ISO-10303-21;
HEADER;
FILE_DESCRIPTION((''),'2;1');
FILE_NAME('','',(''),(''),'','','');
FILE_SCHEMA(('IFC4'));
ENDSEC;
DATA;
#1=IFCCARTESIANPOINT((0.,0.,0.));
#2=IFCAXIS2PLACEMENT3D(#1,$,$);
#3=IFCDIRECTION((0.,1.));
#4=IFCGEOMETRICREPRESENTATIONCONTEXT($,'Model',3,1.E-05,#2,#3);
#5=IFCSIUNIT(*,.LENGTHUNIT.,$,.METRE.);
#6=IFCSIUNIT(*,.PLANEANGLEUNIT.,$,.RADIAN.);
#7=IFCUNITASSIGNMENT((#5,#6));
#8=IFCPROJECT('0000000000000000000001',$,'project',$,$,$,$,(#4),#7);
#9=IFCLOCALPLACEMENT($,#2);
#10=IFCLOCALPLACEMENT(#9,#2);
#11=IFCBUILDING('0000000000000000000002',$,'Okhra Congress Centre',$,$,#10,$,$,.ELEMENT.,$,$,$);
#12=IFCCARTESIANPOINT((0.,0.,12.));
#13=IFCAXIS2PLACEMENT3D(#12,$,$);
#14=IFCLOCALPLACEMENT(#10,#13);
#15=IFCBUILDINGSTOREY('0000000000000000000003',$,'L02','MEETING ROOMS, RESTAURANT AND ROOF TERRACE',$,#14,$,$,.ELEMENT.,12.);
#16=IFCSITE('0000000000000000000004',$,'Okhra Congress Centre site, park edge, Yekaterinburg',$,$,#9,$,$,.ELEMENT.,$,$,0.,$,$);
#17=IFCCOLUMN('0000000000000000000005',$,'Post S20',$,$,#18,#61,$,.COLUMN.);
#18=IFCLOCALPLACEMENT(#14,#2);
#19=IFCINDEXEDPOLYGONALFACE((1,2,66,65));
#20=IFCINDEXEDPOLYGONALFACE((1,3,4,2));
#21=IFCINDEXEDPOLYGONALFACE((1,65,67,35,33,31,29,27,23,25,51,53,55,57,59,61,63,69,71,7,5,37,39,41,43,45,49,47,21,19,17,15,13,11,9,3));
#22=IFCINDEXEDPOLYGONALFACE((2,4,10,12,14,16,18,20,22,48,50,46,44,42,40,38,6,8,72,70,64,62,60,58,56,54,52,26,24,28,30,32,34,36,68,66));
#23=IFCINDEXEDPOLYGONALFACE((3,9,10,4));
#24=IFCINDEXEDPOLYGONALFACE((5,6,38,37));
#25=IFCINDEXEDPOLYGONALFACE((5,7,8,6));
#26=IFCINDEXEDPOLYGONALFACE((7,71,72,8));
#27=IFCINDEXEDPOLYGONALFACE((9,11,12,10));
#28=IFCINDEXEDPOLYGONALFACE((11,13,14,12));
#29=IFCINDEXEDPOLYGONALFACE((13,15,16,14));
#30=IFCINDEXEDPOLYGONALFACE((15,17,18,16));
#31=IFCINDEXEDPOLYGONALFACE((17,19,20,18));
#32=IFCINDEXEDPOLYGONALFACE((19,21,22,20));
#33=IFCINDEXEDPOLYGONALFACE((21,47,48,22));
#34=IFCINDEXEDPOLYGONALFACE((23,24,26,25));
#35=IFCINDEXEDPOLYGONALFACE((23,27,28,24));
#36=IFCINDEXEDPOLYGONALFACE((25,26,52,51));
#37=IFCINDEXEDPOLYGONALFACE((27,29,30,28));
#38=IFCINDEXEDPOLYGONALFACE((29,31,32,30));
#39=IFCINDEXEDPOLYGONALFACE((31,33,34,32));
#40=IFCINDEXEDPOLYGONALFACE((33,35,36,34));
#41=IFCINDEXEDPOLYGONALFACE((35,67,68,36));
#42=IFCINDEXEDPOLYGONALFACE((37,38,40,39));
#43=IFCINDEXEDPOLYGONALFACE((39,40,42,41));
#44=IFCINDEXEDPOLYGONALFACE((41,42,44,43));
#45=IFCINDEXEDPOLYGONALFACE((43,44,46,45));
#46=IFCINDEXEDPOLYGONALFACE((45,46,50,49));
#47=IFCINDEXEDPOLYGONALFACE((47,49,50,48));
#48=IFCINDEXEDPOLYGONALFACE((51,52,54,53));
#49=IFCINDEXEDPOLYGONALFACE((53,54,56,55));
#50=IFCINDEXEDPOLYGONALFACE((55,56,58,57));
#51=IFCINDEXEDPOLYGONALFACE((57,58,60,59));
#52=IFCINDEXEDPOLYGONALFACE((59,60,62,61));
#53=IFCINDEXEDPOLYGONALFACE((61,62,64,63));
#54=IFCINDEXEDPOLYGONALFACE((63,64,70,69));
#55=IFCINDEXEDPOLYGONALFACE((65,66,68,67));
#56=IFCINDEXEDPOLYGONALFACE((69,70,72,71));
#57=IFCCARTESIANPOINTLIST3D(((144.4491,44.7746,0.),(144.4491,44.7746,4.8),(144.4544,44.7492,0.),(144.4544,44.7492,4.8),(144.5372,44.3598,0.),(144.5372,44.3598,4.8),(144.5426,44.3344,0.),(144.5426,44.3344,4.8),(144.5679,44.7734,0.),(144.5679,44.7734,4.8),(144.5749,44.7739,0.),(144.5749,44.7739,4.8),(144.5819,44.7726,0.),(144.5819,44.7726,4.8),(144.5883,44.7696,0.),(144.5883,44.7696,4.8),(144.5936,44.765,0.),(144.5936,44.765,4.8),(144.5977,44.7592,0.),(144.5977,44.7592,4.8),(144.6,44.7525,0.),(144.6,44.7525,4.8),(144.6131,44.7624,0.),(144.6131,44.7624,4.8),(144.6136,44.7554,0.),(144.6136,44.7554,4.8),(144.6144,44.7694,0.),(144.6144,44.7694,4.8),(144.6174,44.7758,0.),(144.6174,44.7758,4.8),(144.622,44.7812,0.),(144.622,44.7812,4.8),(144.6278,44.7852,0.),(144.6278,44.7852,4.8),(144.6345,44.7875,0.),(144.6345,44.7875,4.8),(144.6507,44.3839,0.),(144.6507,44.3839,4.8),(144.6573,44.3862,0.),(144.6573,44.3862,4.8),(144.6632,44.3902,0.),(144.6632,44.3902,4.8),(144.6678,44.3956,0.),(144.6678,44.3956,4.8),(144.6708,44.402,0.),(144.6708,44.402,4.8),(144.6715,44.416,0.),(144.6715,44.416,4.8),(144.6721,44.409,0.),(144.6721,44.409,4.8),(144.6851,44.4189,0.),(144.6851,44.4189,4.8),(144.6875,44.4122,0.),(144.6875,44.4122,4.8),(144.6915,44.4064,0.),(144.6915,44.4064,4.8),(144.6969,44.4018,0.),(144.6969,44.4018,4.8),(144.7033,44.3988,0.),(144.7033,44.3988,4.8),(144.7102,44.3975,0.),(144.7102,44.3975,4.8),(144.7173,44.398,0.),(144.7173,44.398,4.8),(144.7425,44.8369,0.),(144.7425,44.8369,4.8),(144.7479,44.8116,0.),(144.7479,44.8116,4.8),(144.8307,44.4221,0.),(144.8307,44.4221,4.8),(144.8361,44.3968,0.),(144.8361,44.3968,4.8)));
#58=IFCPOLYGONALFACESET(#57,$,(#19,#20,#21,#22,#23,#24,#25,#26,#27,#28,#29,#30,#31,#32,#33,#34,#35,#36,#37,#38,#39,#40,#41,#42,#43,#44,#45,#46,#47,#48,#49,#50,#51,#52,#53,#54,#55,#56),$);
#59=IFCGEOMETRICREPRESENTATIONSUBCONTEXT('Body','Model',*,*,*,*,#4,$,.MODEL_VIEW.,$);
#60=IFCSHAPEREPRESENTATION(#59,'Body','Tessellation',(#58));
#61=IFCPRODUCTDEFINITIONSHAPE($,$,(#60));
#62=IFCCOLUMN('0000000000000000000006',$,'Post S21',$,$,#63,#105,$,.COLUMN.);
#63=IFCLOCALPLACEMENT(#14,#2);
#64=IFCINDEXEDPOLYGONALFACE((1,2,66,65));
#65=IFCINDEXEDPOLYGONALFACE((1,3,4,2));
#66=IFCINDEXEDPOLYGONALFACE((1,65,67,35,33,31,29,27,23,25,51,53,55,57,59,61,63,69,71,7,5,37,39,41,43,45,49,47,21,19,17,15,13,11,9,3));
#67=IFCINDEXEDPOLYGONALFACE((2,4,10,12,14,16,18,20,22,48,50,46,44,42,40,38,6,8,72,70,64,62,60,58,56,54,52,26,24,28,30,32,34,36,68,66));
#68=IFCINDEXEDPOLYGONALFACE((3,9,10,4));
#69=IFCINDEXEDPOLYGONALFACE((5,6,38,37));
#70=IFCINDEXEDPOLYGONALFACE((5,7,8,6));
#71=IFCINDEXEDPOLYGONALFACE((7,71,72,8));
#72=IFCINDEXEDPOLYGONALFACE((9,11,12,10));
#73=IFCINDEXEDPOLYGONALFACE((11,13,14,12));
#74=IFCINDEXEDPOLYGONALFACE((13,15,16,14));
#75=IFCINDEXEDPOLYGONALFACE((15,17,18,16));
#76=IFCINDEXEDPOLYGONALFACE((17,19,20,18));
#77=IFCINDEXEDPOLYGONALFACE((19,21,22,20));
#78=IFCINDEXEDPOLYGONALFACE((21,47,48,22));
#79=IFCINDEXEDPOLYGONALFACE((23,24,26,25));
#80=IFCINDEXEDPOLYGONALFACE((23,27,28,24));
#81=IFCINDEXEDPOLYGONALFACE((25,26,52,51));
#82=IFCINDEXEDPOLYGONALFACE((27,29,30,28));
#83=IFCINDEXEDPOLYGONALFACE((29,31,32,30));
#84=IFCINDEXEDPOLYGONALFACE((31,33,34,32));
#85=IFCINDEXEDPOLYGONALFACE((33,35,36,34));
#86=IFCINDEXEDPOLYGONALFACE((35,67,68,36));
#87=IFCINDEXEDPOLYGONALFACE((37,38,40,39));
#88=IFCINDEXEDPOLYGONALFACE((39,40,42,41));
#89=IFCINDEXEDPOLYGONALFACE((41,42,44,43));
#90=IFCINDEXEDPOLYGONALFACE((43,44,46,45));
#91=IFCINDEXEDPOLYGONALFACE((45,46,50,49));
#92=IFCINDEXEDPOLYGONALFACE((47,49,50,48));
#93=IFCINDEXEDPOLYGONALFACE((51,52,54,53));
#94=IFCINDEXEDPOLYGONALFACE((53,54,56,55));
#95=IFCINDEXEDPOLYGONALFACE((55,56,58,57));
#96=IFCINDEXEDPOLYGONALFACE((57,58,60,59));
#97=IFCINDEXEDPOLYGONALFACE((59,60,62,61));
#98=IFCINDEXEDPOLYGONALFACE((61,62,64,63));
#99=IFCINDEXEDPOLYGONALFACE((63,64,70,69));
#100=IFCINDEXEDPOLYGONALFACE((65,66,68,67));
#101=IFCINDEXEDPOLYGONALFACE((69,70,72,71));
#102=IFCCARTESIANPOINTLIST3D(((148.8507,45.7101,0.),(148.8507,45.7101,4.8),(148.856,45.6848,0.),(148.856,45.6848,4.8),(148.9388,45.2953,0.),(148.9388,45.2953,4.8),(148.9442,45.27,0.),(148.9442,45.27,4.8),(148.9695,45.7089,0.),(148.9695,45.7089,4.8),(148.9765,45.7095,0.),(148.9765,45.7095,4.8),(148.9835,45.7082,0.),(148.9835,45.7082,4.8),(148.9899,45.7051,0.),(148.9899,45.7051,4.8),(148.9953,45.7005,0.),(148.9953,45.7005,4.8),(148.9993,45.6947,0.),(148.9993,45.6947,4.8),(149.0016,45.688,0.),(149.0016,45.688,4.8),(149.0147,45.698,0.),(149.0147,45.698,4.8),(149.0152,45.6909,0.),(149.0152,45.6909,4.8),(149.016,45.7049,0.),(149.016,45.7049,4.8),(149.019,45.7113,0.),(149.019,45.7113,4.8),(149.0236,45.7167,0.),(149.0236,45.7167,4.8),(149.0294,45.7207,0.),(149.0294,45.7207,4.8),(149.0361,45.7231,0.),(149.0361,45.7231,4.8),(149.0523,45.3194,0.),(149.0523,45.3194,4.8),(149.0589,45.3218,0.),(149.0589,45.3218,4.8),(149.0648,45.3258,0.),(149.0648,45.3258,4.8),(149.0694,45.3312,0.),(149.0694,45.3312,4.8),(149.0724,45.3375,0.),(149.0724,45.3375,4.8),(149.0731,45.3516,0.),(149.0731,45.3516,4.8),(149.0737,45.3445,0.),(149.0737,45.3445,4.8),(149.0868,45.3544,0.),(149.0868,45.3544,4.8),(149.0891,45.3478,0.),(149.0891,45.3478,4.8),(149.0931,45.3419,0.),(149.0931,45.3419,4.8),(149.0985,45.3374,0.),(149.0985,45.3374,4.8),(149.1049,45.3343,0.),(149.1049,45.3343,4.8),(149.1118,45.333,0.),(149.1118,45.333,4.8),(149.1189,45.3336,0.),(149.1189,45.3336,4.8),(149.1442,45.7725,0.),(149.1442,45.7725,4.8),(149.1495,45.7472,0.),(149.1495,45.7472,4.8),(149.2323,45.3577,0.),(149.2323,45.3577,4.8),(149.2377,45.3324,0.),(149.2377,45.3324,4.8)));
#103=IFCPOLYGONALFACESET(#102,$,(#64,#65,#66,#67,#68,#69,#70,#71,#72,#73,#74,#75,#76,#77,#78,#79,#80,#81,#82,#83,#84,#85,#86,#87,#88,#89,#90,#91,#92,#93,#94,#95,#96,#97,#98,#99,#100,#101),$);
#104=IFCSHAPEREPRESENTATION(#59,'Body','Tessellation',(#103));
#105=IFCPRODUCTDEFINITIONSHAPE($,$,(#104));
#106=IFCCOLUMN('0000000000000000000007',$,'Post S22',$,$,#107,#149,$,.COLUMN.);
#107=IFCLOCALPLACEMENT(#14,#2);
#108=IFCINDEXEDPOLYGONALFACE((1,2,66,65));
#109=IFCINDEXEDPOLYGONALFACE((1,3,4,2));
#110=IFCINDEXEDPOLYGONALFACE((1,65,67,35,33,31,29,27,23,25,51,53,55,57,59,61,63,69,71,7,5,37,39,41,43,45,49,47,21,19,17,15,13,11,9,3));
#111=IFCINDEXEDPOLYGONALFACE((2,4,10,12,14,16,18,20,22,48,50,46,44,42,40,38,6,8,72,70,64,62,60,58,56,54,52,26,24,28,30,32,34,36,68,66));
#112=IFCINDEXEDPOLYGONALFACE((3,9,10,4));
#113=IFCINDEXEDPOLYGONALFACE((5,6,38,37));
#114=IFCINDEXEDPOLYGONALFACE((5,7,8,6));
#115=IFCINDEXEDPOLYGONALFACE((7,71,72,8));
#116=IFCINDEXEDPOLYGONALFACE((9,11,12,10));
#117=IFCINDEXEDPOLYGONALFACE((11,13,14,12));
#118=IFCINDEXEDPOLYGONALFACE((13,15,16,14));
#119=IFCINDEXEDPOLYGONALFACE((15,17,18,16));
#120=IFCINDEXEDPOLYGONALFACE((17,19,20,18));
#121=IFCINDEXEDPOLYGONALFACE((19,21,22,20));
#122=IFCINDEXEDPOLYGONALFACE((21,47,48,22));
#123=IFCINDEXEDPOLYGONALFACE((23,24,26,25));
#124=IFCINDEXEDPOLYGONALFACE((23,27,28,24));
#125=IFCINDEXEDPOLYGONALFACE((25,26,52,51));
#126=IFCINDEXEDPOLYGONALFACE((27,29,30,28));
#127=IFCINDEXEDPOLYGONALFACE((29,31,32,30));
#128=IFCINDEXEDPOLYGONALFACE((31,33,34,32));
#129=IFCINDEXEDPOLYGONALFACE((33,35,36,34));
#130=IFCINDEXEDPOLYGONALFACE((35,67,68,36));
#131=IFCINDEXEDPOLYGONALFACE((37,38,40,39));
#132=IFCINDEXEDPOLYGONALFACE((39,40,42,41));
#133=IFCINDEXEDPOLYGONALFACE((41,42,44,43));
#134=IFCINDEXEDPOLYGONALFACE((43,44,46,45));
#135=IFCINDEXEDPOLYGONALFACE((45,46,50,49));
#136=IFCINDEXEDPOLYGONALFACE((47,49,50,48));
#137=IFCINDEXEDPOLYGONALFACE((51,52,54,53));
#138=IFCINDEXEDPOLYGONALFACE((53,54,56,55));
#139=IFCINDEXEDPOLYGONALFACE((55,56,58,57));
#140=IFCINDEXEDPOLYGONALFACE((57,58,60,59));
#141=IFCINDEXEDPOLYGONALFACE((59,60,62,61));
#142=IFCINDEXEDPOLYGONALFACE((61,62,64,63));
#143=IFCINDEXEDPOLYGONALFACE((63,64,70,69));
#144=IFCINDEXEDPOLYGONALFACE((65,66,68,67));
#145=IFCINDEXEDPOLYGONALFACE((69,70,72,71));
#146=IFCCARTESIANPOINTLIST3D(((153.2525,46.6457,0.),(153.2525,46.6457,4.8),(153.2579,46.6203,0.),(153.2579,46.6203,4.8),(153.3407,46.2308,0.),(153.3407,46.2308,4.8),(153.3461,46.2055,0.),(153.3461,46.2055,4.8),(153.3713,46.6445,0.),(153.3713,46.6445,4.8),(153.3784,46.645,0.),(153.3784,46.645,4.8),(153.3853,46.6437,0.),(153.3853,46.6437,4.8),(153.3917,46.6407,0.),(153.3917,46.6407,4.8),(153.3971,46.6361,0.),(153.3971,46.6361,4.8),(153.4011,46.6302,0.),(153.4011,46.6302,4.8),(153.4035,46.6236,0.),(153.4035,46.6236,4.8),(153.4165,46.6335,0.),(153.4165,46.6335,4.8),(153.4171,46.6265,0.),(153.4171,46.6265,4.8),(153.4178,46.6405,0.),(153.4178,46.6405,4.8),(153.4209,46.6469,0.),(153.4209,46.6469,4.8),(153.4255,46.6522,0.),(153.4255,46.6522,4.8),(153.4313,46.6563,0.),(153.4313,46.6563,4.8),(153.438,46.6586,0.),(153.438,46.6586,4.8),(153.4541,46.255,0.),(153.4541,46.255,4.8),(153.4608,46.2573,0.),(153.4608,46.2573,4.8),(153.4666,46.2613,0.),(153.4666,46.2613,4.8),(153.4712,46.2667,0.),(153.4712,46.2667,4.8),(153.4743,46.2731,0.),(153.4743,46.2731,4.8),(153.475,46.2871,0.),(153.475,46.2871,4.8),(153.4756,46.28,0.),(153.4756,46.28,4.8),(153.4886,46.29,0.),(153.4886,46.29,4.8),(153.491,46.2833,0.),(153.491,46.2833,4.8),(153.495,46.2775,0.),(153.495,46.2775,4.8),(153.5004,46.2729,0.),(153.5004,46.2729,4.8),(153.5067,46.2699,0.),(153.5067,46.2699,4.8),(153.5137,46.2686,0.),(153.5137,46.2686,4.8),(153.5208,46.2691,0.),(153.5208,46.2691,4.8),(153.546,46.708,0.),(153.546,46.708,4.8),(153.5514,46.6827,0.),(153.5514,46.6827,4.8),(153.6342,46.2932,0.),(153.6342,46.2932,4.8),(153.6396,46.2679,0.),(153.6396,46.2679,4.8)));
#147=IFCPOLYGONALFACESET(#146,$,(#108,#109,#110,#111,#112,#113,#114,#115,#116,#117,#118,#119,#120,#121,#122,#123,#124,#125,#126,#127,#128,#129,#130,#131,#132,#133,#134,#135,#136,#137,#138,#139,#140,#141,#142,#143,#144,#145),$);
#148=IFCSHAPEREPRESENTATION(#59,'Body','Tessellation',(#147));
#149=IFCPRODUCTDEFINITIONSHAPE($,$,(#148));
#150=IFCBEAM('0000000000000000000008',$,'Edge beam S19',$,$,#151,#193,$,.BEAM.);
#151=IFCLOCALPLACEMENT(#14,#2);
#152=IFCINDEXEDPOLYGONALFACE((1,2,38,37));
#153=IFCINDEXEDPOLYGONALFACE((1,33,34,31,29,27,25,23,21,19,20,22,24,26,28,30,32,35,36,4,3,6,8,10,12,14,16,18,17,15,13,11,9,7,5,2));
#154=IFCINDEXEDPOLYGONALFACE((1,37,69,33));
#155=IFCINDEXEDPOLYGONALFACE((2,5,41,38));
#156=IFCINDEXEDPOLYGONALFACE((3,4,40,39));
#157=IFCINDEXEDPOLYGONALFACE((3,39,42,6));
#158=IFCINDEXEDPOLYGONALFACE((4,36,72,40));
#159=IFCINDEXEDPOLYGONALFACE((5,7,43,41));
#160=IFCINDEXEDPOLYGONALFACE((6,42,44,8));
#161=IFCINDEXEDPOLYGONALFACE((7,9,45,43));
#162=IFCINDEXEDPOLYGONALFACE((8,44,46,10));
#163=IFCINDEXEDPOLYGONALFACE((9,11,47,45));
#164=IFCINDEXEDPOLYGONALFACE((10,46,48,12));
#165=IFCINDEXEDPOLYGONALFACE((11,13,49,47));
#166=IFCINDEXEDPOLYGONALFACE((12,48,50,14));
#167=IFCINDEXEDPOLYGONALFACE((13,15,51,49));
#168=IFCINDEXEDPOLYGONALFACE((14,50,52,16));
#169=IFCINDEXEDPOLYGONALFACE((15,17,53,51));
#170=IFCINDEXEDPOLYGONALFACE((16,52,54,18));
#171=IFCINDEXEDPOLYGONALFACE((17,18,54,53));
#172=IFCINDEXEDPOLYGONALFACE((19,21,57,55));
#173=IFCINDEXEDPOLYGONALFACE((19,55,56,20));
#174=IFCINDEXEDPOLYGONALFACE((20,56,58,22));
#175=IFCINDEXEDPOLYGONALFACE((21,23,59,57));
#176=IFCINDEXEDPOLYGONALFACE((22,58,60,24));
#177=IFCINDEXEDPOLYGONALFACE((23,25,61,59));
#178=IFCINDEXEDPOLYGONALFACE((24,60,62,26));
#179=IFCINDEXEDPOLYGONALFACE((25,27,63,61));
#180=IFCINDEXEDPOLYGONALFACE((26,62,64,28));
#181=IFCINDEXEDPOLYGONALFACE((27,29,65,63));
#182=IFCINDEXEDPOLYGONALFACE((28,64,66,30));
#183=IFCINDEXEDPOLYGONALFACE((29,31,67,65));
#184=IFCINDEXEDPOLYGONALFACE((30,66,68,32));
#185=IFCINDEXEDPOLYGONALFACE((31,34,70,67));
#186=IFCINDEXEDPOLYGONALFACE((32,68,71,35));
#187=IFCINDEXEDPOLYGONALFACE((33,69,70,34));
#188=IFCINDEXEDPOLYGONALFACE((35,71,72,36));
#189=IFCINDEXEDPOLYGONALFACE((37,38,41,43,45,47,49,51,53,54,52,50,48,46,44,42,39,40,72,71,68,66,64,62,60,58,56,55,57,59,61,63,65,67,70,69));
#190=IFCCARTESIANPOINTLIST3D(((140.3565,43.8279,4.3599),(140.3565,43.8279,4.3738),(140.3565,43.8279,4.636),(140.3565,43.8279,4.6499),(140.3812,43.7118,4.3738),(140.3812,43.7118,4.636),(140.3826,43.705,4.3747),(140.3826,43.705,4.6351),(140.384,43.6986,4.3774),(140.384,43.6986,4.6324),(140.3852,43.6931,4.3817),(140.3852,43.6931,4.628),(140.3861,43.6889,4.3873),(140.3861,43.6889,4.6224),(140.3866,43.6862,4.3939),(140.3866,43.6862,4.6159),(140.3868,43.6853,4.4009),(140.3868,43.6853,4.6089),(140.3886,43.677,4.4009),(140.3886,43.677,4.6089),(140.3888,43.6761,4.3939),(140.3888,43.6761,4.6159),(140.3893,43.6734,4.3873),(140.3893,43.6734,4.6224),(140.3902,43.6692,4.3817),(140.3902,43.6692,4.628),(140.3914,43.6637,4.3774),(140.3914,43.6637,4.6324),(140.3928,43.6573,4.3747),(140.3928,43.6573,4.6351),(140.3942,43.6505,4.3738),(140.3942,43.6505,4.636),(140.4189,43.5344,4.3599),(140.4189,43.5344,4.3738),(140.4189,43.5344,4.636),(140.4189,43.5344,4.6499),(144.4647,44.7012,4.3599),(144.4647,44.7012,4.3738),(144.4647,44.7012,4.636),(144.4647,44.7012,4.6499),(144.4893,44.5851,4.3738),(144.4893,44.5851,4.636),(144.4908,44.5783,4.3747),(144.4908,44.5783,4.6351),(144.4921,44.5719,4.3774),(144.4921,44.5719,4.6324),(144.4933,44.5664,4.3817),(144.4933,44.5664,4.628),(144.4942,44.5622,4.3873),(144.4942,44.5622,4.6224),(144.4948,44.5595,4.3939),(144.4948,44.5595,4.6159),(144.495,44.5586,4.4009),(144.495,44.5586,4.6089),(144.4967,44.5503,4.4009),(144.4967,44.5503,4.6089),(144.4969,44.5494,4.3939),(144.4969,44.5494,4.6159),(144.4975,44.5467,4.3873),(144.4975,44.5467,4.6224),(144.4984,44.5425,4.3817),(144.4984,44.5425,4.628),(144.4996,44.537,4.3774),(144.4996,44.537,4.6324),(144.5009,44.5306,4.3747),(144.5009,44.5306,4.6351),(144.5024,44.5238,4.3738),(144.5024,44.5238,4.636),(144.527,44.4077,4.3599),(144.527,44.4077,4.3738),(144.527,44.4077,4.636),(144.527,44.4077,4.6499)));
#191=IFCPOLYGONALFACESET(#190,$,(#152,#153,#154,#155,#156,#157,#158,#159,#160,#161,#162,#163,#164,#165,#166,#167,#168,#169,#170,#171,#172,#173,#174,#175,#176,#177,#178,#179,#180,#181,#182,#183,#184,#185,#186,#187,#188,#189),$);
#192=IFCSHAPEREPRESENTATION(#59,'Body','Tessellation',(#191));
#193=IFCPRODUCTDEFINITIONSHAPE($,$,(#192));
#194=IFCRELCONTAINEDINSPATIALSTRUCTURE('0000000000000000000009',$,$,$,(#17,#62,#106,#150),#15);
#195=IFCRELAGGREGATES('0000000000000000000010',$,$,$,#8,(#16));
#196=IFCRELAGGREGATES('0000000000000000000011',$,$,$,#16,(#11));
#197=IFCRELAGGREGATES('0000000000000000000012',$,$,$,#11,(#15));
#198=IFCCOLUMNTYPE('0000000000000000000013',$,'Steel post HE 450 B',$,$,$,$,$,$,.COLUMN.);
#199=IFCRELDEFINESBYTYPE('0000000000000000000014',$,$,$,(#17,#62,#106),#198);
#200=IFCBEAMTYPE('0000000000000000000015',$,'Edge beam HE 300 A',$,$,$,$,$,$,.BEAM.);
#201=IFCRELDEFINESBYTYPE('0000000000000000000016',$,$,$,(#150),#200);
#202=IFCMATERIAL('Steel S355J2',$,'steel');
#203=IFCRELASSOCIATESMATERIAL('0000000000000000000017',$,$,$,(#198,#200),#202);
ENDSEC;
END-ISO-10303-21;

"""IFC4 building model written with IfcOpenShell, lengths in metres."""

from ifc_helpers import new_model, si_unit, direction, frame, origin, origin_2d, place, context, subcontext, project, spatial, i_section, extrude, material, material_profile, profile_set, type_object, element, save


model = new_model("IFC4")

# Units and contexts
model_context = context("Model", 3, precision=1e-05, world=origin(), true_north=direction((0.0, 1.0)))
body_context = subcontext(model_context, "Body", "Model", "MODEL_VIEW")
ifc_project = project(units=[si_unit("LENGTHUNIT", "METRE"), si_unit("PLANEANGLEUNIT", "RADIAN")], contexts=[model_context])

# Site, building, storey
site_placement = place(None, origin())
site = spatial("IfcSite", under=ifc_project, at=site_placement, Name="Okhra Congress Centre site, park edge, Yekaterinburg", CompositionType="ELEMENT", RefElevation=0.0)
building_placement = place(site_placement, origin())
building = spatial("IfcBuilding", under=site, at=building_placement, Name="Okhra Congress Centre", CompositionType="ELEMENT")
storey_placement = place(building_placement, frame((0.0, 0.0, 12.0)))
storey = spatial("IfcBuildingStorey", under=building, at=storey_placement, Name="L02", Description="MEETING ROOMS, RESTAURANT AND ROOF TERRACE", CompositionType="ELEMENT", Elevation=12.0)

# Columns
ifc_material_1 = material(Name="Steel S355J2", Category="steel")
ifc_material_profile_1 = material_profile(ifc_material_1, i_section(OverallWidth=0.3, OverallDepth=0.45, WebThickness=0.0139, FlangeThickness=0.0259, FilletRadius=0.0271, at=origin_2d()), Name="HE 450 B")
ifc_profile_set_1 = profile_set([ifc_material_profile_1], Name="Steel S355J2")
column_type = type_object("IfcColumnType", Name="Steel post HE 450 B", PredefinedType="COLUMN", material=ifc_profile_set_1)
for number, where, z_axis, x_axis, name in (
    (1, (144.6426, 44.5857, 0.0), (0.0, 0.0, 1.0), (0.978148, 0.207912, 0.0), "Post S20"),
    (2, (149.0442, 45.5212, 0.0), (0.0, 0.0, 1.0), (0.978148, 0.207912, 0.0), "Post S21"),
    (3, (153.446, 46.4568, 0.0), (0.0, 0.0, 1.0), (0.978148, 0.207912, 0.0), "Post S22"),
):
    element("IfcColumn", number, at=place(storey_placement, frame(where, z_axis=z_axis, x_axis=x_axis)), inside=storey, type_object=column_type, Name=name, PredefinedType="COLUMN", context=body_context, shape_type="SweptSolid", body=[
        extrude(i_section(OverallWidth=0.3, OverallDepth=0.45, WebThickness=0.0139, FlangeThickness=0.0259, FilletRadius=0.0271, at=origin_2d()), origin(), (0.0, 0.0, 1.0), 4.8),
    ])

# Beam
ifc_material_profile_2 = material_profile(ifc_material_1, i_section(OverallWidth=0.3, OverallDepth=0.29, WebThickness=0.0085, FlangeThickness=0.0139, FilletRadius=0.0271, at=origin_2d()), Name="HE 300 A")
ifc_profile_set_2 = profile_set([ifc_material_profile_2], Name="Steel S355J2")
beam_type_1 = type_object("IfcBeamType", Name="Edge beam HE 300 A", PredefinedType="BEAM", material=ifc_profile_set_2)
for number, where, z_axis, x_axis, name in (
    (4, (140.3877, 43.6812, 4.5049), (0.978144, 0.207929, 0.0), (-0.207929, 0.978144, 0.0), "Edge beam S19"),
):
    element("IfcBeam", number, at=place(storey_placement, frame(where, z_axis=z_axis, x_axis=x_axis)), inside=storey, type_object=beam_type_1, Name=name, PredefinedType="BEAM", context=body_context, shape_type="SweptSolid", body=[
        extrude(i_section(OverallWidth=0.3, OverallDepth=0.29, WebThickness=0.0085, FlangeThickness=0.0139, FilletRadius=0.0271, at=origin_2d()), origin(), (0.0, 0.0, 1.0), 4.2),
    ])

save(model, "model.ifc")
